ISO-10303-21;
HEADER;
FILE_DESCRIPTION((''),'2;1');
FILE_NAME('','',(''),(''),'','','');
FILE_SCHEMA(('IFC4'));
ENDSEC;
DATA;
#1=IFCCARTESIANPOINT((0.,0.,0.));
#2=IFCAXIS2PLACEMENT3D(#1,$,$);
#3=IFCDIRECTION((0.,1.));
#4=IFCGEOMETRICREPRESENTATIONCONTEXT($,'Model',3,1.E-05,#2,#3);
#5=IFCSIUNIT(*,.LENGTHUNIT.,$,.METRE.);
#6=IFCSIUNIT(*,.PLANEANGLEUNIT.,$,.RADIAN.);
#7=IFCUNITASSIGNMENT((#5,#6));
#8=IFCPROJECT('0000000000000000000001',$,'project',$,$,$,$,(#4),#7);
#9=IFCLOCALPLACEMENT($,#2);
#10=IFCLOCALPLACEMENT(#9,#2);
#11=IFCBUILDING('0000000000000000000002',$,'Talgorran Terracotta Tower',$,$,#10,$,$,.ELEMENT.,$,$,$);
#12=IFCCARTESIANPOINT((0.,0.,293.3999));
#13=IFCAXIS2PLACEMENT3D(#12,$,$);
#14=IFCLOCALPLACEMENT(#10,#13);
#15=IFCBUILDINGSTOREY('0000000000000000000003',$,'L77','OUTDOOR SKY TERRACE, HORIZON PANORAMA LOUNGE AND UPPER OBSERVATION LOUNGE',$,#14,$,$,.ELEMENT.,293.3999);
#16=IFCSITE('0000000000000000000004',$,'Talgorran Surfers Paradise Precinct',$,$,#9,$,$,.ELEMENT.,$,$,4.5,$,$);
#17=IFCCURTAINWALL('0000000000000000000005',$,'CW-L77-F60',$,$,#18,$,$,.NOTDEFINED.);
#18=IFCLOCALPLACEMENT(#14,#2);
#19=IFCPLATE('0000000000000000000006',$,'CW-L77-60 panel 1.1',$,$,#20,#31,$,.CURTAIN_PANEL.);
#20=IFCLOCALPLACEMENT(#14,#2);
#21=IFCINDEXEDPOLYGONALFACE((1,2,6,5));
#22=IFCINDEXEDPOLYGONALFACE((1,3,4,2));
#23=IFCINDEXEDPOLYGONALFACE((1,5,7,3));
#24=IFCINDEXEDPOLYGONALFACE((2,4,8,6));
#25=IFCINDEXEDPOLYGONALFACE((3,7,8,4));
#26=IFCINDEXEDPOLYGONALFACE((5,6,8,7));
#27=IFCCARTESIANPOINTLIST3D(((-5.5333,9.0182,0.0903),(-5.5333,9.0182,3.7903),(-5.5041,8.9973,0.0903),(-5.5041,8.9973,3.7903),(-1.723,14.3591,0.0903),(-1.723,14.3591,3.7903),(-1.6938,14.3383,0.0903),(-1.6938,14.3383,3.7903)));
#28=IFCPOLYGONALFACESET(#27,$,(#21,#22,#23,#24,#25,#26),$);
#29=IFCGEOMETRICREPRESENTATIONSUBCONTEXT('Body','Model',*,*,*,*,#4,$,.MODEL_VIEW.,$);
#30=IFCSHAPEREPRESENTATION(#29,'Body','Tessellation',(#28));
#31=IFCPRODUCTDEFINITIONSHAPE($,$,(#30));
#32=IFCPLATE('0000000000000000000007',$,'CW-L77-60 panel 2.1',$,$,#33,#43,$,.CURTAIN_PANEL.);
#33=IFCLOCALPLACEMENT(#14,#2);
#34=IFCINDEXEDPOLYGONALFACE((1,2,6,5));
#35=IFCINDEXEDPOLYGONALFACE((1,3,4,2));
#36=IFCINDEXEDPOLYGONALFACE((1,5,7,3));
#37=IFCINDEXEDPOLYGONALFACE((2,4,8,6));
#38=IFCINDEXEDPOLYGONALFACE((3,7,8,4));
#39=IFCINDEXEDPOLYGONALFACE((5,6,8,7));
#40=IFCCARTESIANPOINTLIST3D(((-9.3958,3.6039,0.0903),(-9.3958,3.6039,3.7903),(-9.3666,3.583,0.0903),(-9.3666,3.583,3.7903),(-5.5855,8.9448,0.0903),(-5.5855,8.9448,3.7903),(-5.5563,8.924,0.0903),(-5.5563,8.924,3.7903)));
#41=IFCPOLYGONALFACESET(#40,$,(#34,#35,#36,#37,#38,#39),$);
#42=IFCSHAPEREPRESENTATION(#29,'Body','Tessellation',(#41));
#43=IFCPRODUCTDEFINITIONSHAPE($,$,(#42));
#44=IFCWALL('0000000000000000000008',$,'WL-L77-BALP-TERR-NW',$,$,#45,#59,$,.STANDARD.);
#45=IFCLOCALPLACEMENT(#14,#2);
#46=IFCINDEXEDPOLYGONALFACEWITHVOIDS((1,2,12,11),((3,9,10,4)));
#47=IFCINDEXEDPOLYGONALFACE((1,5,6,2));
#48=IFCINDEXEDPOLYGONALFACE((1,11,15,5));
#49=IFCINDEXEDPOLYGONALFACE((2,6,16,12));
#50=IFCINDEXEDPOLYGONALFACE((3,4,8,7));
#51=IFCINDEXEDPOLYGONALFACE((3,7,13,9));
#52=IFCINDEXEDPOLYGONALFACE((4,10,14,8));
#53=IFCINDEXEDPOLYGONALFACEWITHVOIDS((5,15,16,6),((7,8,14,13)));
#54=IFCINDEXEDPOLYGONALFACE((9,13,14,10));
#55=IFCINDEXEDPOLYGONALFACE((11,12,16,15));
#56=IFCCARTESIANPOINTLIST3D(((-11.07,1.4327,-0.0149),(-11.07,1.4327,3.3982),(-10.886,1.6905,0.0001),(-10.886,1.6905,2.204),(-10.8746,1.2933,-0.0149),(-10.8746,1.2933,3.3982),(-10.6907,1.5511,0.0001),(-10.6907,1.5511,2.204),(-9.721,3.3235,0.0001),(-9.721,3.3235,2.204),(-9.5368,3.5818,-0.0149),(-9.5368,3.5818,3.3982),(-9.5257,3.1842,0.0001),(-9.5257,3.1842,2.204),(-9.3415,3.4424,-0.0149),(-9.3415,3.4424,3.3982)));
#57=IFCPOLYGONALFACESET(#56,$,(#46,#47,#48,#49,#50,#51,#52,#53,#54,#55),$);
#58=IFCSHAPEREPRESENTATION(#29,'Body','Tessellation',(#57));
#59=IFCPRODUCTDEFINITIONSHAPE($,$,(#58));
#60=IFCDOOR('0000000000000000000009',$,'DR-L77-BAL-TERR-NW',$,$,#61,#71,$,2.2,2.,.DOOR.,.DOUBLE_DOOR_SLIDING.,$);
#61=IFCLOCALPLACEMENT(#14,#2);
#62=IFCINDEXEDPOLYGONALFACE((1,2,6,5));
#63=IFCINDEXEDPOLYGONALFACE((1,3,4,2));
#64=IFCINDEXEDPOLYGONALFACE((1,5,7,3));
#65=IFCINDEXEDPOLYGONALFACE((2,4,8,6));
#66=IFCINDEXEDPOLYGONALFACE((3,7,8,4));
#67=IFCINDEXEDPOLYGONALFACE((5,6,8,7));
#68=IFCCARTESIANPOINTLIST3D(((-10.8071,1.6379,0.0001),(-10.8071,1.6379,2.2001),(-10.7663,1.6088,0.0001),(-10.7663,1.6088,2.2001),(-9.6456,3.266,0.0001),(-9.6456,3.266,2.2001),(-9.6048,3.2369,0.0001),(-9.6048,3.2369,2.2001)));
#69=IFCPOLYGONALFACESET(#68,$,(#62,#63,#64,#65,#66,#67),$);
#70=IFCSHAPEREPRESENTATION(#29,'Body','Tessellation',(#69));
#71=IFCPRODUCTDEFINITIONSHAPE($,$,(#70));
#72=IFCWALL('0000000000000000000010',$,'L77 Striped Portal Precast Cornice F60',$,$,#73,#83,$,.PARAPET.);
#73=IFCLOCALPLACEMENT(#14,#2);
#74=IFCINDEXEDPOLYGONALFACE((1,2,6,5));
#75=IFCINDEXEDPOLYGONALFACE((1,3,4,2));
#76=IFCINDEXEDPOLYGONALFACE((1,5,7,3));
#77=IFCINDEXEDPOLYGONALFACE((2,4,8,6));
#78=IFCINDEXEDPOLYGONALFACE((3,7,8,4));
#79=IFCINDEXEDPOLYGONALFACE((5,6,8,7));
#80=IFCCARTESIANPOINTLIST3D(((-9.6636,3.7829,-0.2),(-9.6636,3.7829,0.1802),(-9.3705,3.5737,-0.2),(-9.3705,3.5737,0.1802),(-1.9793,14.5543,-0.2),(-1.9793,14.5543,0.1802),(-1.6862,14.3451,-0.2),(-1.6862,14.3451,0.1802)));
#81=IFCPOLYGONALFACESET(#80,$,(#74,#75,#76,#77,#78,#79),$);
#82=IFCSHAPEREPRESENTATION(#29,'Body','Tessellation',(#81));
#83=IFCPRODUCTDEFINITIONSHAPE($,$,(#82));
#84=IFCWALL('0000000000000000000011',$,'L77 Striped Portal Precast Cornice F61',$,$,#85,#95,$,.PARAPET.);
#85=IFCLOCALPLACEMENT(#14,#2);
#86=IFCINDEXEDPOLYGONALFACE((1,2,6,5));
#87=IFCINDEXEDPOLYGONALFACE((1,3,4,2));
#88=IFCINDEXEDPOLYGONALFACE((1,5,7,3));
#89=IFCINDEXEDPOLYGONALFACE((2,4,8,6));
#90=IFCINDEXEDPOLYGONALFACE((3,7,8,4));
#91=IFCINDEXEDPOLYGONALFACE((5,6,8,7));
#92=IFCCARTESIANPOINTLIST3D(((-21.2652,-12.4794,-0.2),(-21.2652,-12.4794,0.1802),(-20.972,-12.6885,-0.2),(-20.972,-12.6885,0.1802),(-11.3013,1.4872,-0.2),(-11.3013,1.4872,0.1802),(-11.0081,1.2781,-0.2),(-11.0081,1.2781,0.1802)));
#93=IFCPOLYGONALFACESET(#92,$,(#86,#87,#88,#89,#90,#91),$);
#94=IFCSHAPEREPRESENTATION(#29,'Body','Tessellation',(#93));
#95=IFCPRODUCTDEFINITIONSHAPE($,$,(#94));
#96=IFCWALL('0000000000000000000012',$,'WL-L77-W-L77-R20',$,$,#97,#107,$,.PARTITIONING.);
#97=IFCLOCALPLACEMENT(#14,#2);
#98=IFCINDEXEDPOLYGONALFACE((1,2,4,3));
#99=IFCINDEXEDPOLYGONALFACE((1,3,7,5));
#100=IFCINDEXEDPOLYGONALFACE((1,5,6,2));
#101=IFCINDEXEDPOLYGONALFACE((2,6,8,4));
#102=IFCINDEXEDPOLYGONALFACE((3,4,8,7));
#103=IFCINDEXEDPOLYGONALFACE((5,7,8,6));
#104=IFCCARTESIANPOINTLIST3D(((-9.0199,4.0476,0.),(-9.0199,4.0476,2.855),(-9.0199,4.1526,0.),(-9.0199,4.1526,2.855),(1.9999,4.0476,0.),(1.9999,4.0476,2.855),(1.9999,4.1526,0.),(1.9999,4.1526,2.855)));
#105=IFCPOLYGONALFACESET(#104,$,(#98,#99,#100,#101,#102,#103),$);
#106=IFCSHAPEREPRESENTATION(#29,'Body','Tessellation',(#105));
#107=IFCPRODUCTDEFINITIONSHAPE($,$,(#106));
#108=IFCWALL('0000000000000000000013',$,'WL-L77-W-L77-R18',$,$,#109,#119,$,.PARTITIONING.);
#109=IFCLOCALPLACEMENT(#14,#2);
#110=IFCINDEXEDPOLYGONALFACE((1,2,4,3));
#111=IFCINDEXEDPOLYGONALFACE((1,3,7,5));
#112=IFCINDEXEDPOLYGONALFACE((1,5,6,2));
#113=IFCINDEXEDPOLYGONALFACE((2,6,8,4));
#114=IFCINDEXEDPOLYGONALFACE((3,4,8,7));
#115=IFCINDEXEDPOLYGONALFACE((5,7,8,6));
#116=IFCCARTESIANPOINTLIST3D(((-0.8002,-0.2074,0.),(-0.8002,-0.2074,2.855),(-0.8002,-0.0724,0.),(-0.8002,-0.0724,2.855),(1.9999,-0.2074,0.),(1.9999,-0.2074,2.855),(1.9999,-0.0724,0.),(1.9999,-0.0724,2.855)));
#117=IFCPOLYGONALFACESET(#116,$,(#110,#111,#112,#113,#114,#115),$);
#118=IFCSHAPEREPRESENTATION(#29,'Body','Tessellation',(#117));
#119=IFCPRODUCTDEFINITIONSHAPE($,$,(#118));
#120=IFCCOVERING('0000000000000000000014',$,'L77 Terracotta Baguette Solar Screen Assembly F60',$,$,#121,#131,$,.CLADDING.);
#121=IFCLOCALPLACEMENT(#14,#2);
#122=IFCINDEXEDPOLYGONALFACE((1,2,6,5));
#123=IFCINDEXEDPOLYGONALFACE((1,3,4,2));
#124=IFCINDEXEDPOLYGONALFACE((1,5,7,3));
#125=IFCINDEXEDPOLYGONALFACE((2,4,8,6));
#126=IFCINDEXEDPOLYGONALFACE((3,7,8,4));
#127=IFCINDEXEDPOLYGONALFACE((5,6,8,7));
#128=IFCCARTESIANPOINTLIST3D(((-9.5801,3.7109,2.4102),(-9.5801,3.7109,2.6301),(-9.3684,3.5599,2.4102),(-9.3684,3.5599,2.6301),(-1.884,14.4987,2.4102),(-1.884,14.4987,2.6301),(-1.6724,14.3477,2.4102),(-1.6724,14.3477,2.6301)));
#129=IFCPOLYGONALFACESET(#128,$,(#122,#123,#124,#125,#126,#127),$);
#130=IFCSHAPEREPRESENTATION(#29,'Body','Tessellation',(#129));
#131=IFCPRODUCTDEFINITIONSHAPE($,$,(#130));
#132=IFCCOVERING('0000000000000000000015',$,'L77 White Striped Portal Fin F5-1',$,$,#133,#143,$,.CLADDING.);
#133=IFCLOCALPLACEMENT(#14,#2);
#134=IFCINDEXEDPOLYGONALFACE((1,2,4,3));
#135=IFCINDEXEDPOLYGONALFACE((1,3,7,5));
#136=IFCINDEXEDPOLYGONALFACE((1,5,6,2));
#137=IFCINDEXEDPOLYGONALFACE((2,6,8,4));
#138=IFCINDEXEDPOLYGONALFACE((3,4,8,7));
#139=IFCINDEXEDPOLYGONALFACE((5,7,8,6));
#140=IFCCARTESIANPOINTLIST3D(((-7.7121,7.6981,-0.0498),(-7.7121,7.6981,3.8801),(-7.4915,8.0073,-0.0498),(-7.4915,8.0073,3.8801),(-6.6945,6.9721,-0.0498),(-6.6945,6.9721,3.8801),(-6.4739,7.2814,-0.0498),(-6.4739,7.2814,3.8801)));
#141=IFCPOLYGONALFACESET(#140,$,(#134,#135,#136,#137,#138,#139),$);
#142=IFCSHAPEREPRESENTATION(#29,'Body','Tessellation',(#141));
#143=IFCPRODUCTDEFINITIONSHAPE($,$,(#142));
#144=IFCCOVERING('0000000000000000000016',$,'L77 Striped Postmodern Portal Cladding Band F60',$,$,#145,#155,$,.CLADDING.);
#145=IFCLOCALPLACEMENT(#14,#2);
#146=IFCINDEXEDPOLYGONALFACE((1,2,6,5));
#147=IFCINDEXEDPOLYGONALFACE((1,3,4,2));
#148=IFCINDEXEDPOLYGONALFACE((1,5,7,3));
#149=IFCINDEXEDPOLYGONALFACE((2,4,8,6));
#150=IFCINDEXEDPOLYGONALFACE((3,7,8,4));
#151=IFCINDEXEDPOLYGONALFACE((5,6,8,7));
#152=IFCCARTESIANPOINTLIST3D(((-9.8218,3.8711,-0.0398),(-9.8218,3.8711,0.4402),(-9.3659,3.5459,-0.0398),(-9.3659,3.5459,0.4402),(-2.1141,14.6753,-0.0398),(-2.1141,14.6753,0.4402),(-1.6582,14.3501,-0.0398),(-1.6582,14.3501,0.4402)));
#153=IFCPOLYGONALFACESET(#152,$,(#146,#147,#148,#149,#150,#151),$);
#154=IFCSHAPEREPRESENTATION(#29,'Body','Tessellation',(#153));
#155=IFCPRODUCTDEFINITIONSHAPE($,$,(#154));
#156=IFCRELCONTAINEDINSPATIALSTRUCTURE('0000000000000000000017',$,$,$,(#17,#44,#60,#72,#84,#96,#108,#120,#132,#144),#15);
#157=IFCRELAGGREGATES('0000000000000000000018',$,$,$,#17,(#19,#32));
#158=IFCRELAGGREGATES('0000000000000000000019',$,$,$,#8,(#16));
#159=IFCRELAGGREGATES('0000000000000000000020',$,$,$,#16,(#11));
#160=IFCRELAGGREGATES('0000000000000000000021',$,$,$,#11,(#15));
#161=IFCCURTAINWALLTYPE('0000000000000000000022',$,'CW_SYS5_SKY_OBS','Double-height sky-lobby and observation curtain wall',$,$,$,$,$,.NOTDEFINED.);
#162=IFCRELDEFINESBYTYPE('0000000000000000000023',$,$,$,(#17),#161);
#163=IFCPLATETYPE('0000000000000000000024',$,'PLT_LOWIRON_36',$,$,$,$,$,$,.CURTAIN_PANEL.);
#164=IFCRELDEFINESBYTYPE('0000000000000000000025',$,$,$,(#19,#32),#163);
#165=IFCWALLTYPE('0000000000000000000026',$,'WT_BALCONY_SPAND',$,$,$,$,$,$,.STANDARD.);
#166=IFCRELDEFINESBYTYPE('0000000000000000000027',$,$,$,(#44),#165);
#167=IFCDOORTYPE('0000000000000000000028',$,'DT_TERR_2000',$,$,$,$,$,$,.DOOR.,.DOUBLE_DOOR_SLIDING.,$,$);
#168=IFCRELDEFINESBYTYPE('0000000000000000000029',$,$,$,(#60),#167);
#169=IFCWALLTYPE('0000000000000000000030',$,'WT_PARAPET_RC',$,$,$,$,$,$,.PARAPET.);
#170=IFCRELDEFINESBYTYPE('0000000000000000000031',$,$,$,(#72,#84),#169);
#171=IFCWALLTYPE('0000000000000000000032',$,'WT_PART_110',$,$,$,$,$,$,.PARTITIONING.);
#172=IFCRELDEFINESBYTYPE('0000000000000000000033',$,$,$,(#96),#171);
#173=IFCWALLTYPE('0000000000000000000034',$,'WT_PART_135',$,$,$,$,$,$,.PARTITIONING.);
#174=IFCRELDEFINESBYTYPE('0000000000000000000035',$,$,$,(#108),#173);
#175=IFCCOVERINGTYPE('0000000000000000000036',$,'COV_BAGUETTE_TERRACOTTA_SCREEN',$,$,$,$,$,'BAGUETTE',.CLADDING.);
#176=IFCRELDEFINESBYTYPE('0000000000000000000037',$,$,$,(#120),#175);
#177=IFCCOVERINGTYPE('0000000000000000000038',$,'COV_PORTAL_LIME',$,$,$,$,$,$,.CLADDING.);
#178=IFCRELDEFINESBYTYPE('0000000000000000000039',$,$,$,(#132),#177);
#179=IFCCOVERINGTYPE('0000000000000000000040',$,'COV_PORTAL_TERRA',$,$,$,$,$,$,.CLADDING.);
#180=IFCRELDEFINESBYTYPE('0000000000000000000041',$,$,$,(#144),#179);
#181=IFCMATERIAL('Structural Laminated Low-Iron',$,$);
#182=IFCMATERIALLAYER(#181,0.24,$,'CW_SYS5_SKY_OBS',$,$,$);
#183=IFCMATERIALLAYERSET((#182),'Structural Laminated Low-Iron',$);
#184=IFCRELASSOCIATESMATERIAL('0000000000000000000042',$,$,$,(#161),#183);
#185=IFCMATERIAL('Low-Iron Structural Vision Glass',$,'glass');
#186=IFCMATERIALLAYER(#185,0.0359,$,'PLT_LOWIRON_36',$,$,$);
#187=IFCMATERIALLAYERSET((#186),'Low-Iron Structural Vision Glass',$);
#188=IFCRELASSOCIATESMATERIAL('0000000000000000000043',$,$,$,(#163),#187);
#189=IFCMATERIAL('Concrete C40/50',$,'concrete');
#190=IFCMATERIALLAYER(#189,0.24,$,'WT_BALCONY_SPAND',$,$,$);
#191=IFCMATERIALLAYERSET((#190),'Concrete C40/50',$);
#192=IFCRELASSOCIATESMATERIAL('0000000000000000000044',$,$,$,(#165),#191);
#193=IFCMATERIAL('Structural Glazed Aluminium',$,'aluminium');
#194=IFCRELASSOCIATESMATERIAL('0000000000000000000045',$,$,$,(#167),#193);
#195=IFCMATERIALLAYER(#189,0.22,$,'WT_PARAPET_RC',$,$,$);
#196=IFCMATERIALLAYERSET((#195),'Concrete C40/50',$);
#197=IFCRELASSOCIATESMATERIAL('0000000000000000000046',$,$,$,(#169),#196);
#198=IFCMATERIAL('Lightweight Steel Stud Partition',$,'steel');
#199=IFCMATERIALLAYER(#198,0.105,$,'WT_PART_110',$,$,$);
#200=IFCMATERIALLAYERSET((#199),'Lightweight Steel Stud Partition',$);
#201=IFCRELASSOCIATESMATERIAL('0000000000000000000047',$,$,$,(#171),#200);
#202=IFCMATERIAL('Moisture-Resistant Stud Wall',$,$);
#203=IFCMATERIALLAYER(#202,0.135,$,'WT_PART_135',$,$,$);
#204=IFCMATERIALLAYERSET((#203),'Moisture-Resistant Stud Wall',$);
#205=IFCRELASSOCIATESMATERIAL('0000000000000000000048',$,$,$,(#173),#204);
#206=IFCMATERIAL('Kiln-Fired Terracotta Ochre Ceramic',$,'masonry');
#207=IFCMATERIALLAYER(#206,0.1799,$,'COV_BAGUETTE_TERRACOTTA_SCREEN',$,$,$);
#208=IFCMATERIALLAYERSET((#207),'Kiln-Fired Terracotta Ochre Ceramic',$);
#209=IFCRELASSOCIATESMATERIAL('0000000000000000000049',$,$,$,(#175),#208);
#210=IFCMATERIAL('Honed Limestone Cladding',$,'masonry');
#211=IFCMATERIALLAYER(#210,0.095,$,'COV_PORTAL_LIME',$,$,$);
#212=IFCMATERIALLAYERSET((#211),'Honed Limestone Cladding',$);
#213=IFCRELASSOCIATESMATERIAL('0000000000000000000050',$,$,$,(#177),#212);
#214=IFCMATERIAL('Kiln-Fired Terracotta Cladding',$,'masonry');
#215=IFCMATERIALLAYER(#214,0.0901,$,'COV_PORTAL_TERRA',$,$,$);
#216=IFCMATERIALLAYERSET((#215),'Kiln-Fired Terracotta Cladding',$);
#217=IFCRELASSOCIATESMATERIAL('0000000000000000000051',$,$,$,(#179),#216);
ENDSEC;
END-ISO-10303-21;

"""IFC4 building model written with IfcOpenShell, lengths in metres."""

from ifc_helpers import new_model, si_unit, direction, frame, frame_2d, origin, origin_2d, place, context, subcontext, project, spatial, rectangle, extrude, source, transform, mapped, material, layer, layer_set, type_object, type_shapes, element, fill, aggregate, save


model = new_model("IFC4")

# Units and contexts
model_context = context("Model", 3, precision=1e-05, world=origin(), true_north=direction((0.0, 1.0)))
body_context = subcontext(model_context, "Body", "Model", "MODEL_VIEW")
ifc_project = project(units=[si_unit("LENGTHUNIT", "METRE"), si_unit("PLANEANGLEUNIT", "RADIAN")], contexts=[model_context])

# Site, building, storey
site_placement = place(None, origin())
site = spatial("IfcSite", under=ifc_project, at=site_placement, Name="Talgorran Surfers Paradise Precinct", CompositionType="ELEMENT", RefElevation=4.5)
building_placement = place(site_placement, origin())
building = spatial("IfcBuilding", under=site, at=building_placement, Name="Talgorran Terracotta Tower", CompositionType="ELEMENT")
storey_placement = place(building_placement, frame((0.0, 0.0, 293.3999)))
storey = spatial("IfcBuildingStorey", under=building, at=storey_placement, Name="L77", Description="OUTDOOR SKY TERRACE, HORIZON PANORAMA LOUNGE AND UPPER OBSERVATION LOUNGE", CompositionType="ELEMENT", Elevation=293.3999)

# Shared definitions
ifc_material_1 = material(Name="Structural Laminated Low-Iron")
ifc_layer_1 = layer(ifc_material_1, 0.24, Name="CW_SYS5_SKY_OBS")
ifc_layer_set_1 = layer_set([ifc_layer_1], Name="Structural Laminated Low-Iron")
curtain_wall_type = type_object("IfcCurtainWallType", Name="CW_SYS5_SKY_OBS", Description="Double-height sky-lobby and observation curtain wall", PredefinedType="NOTDEFINED", material=ifc_layer_set_1)

# Curtain wall
curtain_wall_1_placement = place(storey_placement, origin())
curtain_wall_1 = element("IfcCurtainWall", 1, at=curtain_wall_1_placement, inside=storey, type_object=curtain_wall_type, Name="CW-L77-F60", PredefinedType="NOTDEFINED")

# Shared definitions
ifc_material_2 = material(Name="Concrete C40/50", Category="concrete")

# Plates
ifc_material_3 = material(Name="Low-Iron Structural Vision Glass", Category="glass")
ifc_layer_2 = layer(ifc_material_3, 0.0359, Name="PLT_LOWIRON_36")
ifc_layer_set_2 = layer_set([ifc_layer_2], Name="Low-Iron Structural Vision Glass")
plate_type = type_object("IfcPlateType", Name="PLT_LOWIRON_36", PredefinedType="CURTAIN_PANEL", material=ifc_layer_set_2)
shared_shape = source(origin(), body_context, "Body", "SweptSolid", [
    extrude(rectangle(XDim=6.5608, YDim=0.0359, at=origin_2d()), origin(), (0.0, 0.0, 1.0), 3.7),
])
type_shapes(plate_type, [shared_shape])
plate_1_placement = place(storey_placement, frame((-3.6135, 11.6782, 0.0903), z_axis=(0.0, 0.0, 1.0), x_axis=(-0.580763, -0.814072, 0.0)))
plate_1 = element("IfcPlate", 2, at=plate_1_placement, type_object=plate_type, Name="CW-L77-60 panel 1.1", PredefinedType="CURTAIN_PANEL", context=body_context, shape_type="MappedRepresentation", body=[
    mapped(shared_shape, transform((0.0, 0.0, 0.0), scale=1.0)),
])
plate_2_placement = place(storey_placement, frame((-7.4761, 6.2639, 0.0903), z_axis=(0.0, 0.0, 1.0), x_axis=(-0.580763, -0.814072, 0.0)))
plate_2 = element("IfcPlate", 3, at=plate_2_placement, type_object=plate_type, Name="CW-L77-60 panel 2.1", PredefinedType="CURTAIN_PANEL", context=body_context, shape_type="MappedRepresentation", body=[
    mapped(shared_shape, transform((0.0, 0.0, 0.0), scale=1.0)),
])
aggregate(curtain_wall_1, [plate_1, plate_2])

# Wall, opening, door
ifc_layer_3 = layer(ifc_material_2, 0.24, Name="WT_BALCONY_SPAND")
ifc_layer_set_3 = layer_set([ifc_layer_3], Name="Concrete C40/50")
wall_type_1 = type_object("IfcWallType", Name="WT_BALCONY_SPAND", PredefinedType="STANDARD", material=ifc_layer_set_3)
wall_1_placement = place(storey_placement, frame((-9.4392, 3.512, -0.0149), z_axis=(0.0, 0.0, 1.0), x_axis=(-0.580757, -0.814077, 0.0)))
wall_1 = element("IfcWall", 4, at=wall_1_placement, inside=storey, type_object=wall_type_1, Name="WL-L77-BALP-TERR-NW", PredefinedType="STANDARD", context=body_context, shape_type="SweptSolid", body=[
    extrude(rectangle(XDim=2.6399, YDim=0.24, at=frame_2d((1.3198, 0.0))), origin(), (0.0, 0.0, 1.0), 3.4131),
])
opening_placement = place(wall_1_placement, frame((0.3201, 0.0, 0.0149)))
opening = element("IfcOpeningElement", 5, at=opening_placement, cuts=wall_1, PredefinedType="OPENING", context=body_context, shape_type="SweptSolid", body=[
    extrude(rectangle(XDim=2.006, YDim=2.204, at=frame_2d((1.0, 1.1021))), frame((0.0, 0.1299, 0.0), z_axis=(0.0, -1.0, 0.0), x_axis=(1.0, 0.0, 0.0)), (0.0, 0.0, 1.0), 0.26),
])
ifc_material_4 = material(Name="Structural Glazed Aluminium", Category="aluminium")
door_type = type_object("IfcDoorType", Name="DT_TERR_2000", OperationType="DOUBLE_DOOR_SLIDING", PredefinedType="DOOR", material=ifc_material_4)
door_placement = place(opening_placement, origin())
door = element("IfcDoor", 6, at=door_placement, inside=storey, type_object=door_type, Name="DR-L77-BAL-TERR-NW", OperationType="DOUBLE_DOOR_SLIDING", OverallHeight=2.2, OverallWidth=2.0, PredefinedType="DOOR", context=body_context, shape_type="SweptSolid", body=[
    extrude(rectangle(XDim=2.0, YDim=2.2, at=frame_2d((1.0, 1.1001))), frame((0.0, 0.0249, 0.0), z_axis=(0.0, -1.0, 0.0), x_axis=(1.0, 0.0, 0.0)), (0.0, 0.0, 1.0), 0.05),
])
fill(opening, door)

# Walls
ifc_layer_4 = layer(ifc_material_2, 0.22, Name="WT_PARAPET_RC")
ifc_layer_set_4 = layer_set([ifc_layer_4], Name="Concrete C40/50")
wall_type_2 = type_object("IfcWallType", Name="WT_PARAPET_RC", PredefinedType="PARAPET", material=ifc_layer_set_4)
wall_2_placement = place(storey_placement, frame((-1.8328, 14.4497, -0.2), z_axis=(0.0, 0.0, 1.0), x_axis=(-0.580758, -0.814076, 0.0)))
element("IfcWall", 7, at=wall_2_placement, inside=storey, type_object=wall_type_2, Name="L77 Striped Portal Precast Cornice F60", PredefinedType="PARAPET", context=body_context, shape_type="SweptSolid", body=[
    extrude(rectangle(XDim=13.2314, YDim=0.3601, at=frame_2d((6.6157, 0.0))), origin(), (0.0, 0.0, 1.0), 0.3801),
])
wall_3_placement = place(storey_placement, frame((-11.1548, 1.3826, -0.2), z_axis=(0.0, 0.0, 1.0), x_axis=(-0.580766, -0.814071, 0.0)))
element("IfcWall", 8, at=wall_3_placement, inside=storey, type_object=wall_type_2, Name="L77 Striped Portal Precast Cornice F61", PredefinedType="PARAPET", context=body_context, shape_type="SweptSolid", body=[
    extrude(rectangle(XDim=17.1565, YDim=0.3601, at=frame_2d((8.5781, 0.0))), origin(), (0.0, 0.0, 1.0), 0.3801),
])
ifc_material_5 = material(Name="Lightweight Steel Stud Partition", Category="steel")
ifc_layer_5 = layer(ifc_material_5, 0.105, Name="WT_PART_110")
ifc_layer_set_5 = layer_set([ifc_layer_5], Name="Lightweight Steel Stud Partition")
wall_type_3 = type_object("IfcWallType", Name="WT_PART_110", PredefinedType="PARTITIONING", material=ifc_layer_set_5)
wall_4_placement = place(storey_placement, frame((-9.0198, 4.1001, 0.0), z_axis=(0.0, 0.0, 1.0), x_axis=(1.0, 0.0, 0.0)))
element("IfcWall", 9, at=wall_4_placement, inside=storey, type_object=wall_type_3, Name="WL-L77-W-L77-R20", PredefinedType="PARTITIONING", context=body_context, shape_type="SweptSolid", body=[
    extrude(rectangle(XDim=11.0198, YDim=0.105, at=frame_2d((5.5098, 0.0))), origin(), (0.0, 0.0, 1.0), 2.855),
])
ifc_material_6 = material(Name="Moisture-Resistant Stud Wall")
ifc_layer_6 = layer(ifc_material_6, 0.135, Name="WT_PART_135")
ifc_layer_set_6 = layer_set([ifc_layer_6], Name="Moisture-Resistant Stud Wall")
wall_type_4 = type_object("IfcWallType", Name="WT_PART_135", PredefinedType="PARTITIONING", material=ifc_layer_set_6)
wall_5_placement = place(storey_placement, frame((-0.8, -0.1399, 0.0), z_axis=(0.0, 0.0, 1.0), x_axis=(1.0, 0.0, 0.0)))
element("IfcWall", 10, at=wall_5_placement, inside=storey, type_object=wall_type_4, Name="WL-L77-W-L77-R18", PredefinedType="PARTITIONING", context=body_context, shape_type="SweptSolid", body=[
    extrude(rectangle(XDim=2.8, YDim=0.135, at=frame_2d((1.3999, 0.0))), origin(), (0.0, 0.0, 1.0), 2.855),
])

# Coverings
ifc_material_7 = material(Name="Kiln-Fired Terracotta Ochre Ceramic", Category="masonry")
ifc_layer_7 = layer(ifc_material_7, 0.1799, Name="COV_BAGUETTE_TERRACOTTA_SCREEN")
ifc_layer_set_7 = layer_set([ifc_layer_7], Name="Kiln-Fired Terracotta Ochre Ceramic")
covering_type_1 = type_object("IfcCoveringType", Name="COV_BAGUETTE_TERRACOTTA_SCREEN", ElementType="BAGUETTE", PredefinedType="CLADDING", material=ifc_layer_set_7)
covering_1_placement = place(storey_placement, frame((-5.6262, 9.0293, 2.4102), z_axis=(0.0, 0.0, 1.0), x_axis=(-0.58076, -0.814075, 0.0)))
element("IfcCovering", 11, at=covering_1_placement, inside=storey, type_object=covering_type_1, Name="L77 Terracotta Baguette Solar Screen Assembly F60", PredefinedType="CLADDING", context=body_context, shape_type="SweptSolid", body=[
    extrude(rectangle(XDim=13.2517, YDim=0.26, at=origin_2d()), origin(), (0.0, 0.0, 1.0), 0.22),
])
ifc_material_8 = material(Name="Honed Limestone Cladding", Category="masonry")
ifc_layer_8 = layer(ifc_material_8, 0.095, Name="COV_PORTAL_LIME")
ifc_layer_set_8 = layer_set([ifc_layer_8], Name="Honed Limestone Cladding")
covering_type_2 = type_object("IfcCoveringType", Name="COV_PORTAL_LIME", PredefinedType="CLADDING", material=ifc_layer_set_8)
covering_2_placement = place(storey_placement, frame((-7.093, 7.4897, -0.0498), z_axis=(0.0, 0.0, 1.0), x_axis=(-0.58076, -0.814075, 0.0)))
element("IfcCovering", 12, at=covering_2_placement, inside=storey, type_object=covering_type_2, Name="L77 White Striped Portal Fin F5-1", PredefinedType="CLADDING", context=body_context, shape_type="SweptSolid", body=[
    extrude(rectangle(XDim=0.3799, YDim=1.25, at=origin_2d()), origin(), (0.0, 0.0, 1.0), 3.9299),
])
ifc_material_9 = material(Name="Kiln-Fired Terracotta Cladding", Category="masonry")
ifc_layer_9 = layer(ifc_material_9, 0.0901, Name="COV_PORTAL_TERRA")
ifc_layer_set_9 = layer_set([ifc_layer_9], Name="Kiln-Fired Terracotta Cladding")
covering_type_3 = type_object("IfcCoveringType", Name="COV_PORTAL_TERRA", PredefinedType="CLADDING", material=ifc_layer_set_9)
covering_3_placement = place(storey_placement, frame((-5.74, 9.1106, -0.0398), z_axis=(0.0, 0.0, 1.0), x_axis=(-0.58076, -0.814075, 0.0)))
element("IfcCovering", 13, at=covering_3_placement, inside=storey, type_object=covering_type_3, Name="L77 Striped Postmodern Portal Cladding Band F60", PredefinedType="CLADDING", context=body_context, shape_type="SweptSolid", body=[
    extrude(rectangle(XDim=13.2717, YDim=0.5601, at=origin_2d()), origin(), (0.0, 0.0, 1.0), 0.48),
])

save(model, "model.ifc")
